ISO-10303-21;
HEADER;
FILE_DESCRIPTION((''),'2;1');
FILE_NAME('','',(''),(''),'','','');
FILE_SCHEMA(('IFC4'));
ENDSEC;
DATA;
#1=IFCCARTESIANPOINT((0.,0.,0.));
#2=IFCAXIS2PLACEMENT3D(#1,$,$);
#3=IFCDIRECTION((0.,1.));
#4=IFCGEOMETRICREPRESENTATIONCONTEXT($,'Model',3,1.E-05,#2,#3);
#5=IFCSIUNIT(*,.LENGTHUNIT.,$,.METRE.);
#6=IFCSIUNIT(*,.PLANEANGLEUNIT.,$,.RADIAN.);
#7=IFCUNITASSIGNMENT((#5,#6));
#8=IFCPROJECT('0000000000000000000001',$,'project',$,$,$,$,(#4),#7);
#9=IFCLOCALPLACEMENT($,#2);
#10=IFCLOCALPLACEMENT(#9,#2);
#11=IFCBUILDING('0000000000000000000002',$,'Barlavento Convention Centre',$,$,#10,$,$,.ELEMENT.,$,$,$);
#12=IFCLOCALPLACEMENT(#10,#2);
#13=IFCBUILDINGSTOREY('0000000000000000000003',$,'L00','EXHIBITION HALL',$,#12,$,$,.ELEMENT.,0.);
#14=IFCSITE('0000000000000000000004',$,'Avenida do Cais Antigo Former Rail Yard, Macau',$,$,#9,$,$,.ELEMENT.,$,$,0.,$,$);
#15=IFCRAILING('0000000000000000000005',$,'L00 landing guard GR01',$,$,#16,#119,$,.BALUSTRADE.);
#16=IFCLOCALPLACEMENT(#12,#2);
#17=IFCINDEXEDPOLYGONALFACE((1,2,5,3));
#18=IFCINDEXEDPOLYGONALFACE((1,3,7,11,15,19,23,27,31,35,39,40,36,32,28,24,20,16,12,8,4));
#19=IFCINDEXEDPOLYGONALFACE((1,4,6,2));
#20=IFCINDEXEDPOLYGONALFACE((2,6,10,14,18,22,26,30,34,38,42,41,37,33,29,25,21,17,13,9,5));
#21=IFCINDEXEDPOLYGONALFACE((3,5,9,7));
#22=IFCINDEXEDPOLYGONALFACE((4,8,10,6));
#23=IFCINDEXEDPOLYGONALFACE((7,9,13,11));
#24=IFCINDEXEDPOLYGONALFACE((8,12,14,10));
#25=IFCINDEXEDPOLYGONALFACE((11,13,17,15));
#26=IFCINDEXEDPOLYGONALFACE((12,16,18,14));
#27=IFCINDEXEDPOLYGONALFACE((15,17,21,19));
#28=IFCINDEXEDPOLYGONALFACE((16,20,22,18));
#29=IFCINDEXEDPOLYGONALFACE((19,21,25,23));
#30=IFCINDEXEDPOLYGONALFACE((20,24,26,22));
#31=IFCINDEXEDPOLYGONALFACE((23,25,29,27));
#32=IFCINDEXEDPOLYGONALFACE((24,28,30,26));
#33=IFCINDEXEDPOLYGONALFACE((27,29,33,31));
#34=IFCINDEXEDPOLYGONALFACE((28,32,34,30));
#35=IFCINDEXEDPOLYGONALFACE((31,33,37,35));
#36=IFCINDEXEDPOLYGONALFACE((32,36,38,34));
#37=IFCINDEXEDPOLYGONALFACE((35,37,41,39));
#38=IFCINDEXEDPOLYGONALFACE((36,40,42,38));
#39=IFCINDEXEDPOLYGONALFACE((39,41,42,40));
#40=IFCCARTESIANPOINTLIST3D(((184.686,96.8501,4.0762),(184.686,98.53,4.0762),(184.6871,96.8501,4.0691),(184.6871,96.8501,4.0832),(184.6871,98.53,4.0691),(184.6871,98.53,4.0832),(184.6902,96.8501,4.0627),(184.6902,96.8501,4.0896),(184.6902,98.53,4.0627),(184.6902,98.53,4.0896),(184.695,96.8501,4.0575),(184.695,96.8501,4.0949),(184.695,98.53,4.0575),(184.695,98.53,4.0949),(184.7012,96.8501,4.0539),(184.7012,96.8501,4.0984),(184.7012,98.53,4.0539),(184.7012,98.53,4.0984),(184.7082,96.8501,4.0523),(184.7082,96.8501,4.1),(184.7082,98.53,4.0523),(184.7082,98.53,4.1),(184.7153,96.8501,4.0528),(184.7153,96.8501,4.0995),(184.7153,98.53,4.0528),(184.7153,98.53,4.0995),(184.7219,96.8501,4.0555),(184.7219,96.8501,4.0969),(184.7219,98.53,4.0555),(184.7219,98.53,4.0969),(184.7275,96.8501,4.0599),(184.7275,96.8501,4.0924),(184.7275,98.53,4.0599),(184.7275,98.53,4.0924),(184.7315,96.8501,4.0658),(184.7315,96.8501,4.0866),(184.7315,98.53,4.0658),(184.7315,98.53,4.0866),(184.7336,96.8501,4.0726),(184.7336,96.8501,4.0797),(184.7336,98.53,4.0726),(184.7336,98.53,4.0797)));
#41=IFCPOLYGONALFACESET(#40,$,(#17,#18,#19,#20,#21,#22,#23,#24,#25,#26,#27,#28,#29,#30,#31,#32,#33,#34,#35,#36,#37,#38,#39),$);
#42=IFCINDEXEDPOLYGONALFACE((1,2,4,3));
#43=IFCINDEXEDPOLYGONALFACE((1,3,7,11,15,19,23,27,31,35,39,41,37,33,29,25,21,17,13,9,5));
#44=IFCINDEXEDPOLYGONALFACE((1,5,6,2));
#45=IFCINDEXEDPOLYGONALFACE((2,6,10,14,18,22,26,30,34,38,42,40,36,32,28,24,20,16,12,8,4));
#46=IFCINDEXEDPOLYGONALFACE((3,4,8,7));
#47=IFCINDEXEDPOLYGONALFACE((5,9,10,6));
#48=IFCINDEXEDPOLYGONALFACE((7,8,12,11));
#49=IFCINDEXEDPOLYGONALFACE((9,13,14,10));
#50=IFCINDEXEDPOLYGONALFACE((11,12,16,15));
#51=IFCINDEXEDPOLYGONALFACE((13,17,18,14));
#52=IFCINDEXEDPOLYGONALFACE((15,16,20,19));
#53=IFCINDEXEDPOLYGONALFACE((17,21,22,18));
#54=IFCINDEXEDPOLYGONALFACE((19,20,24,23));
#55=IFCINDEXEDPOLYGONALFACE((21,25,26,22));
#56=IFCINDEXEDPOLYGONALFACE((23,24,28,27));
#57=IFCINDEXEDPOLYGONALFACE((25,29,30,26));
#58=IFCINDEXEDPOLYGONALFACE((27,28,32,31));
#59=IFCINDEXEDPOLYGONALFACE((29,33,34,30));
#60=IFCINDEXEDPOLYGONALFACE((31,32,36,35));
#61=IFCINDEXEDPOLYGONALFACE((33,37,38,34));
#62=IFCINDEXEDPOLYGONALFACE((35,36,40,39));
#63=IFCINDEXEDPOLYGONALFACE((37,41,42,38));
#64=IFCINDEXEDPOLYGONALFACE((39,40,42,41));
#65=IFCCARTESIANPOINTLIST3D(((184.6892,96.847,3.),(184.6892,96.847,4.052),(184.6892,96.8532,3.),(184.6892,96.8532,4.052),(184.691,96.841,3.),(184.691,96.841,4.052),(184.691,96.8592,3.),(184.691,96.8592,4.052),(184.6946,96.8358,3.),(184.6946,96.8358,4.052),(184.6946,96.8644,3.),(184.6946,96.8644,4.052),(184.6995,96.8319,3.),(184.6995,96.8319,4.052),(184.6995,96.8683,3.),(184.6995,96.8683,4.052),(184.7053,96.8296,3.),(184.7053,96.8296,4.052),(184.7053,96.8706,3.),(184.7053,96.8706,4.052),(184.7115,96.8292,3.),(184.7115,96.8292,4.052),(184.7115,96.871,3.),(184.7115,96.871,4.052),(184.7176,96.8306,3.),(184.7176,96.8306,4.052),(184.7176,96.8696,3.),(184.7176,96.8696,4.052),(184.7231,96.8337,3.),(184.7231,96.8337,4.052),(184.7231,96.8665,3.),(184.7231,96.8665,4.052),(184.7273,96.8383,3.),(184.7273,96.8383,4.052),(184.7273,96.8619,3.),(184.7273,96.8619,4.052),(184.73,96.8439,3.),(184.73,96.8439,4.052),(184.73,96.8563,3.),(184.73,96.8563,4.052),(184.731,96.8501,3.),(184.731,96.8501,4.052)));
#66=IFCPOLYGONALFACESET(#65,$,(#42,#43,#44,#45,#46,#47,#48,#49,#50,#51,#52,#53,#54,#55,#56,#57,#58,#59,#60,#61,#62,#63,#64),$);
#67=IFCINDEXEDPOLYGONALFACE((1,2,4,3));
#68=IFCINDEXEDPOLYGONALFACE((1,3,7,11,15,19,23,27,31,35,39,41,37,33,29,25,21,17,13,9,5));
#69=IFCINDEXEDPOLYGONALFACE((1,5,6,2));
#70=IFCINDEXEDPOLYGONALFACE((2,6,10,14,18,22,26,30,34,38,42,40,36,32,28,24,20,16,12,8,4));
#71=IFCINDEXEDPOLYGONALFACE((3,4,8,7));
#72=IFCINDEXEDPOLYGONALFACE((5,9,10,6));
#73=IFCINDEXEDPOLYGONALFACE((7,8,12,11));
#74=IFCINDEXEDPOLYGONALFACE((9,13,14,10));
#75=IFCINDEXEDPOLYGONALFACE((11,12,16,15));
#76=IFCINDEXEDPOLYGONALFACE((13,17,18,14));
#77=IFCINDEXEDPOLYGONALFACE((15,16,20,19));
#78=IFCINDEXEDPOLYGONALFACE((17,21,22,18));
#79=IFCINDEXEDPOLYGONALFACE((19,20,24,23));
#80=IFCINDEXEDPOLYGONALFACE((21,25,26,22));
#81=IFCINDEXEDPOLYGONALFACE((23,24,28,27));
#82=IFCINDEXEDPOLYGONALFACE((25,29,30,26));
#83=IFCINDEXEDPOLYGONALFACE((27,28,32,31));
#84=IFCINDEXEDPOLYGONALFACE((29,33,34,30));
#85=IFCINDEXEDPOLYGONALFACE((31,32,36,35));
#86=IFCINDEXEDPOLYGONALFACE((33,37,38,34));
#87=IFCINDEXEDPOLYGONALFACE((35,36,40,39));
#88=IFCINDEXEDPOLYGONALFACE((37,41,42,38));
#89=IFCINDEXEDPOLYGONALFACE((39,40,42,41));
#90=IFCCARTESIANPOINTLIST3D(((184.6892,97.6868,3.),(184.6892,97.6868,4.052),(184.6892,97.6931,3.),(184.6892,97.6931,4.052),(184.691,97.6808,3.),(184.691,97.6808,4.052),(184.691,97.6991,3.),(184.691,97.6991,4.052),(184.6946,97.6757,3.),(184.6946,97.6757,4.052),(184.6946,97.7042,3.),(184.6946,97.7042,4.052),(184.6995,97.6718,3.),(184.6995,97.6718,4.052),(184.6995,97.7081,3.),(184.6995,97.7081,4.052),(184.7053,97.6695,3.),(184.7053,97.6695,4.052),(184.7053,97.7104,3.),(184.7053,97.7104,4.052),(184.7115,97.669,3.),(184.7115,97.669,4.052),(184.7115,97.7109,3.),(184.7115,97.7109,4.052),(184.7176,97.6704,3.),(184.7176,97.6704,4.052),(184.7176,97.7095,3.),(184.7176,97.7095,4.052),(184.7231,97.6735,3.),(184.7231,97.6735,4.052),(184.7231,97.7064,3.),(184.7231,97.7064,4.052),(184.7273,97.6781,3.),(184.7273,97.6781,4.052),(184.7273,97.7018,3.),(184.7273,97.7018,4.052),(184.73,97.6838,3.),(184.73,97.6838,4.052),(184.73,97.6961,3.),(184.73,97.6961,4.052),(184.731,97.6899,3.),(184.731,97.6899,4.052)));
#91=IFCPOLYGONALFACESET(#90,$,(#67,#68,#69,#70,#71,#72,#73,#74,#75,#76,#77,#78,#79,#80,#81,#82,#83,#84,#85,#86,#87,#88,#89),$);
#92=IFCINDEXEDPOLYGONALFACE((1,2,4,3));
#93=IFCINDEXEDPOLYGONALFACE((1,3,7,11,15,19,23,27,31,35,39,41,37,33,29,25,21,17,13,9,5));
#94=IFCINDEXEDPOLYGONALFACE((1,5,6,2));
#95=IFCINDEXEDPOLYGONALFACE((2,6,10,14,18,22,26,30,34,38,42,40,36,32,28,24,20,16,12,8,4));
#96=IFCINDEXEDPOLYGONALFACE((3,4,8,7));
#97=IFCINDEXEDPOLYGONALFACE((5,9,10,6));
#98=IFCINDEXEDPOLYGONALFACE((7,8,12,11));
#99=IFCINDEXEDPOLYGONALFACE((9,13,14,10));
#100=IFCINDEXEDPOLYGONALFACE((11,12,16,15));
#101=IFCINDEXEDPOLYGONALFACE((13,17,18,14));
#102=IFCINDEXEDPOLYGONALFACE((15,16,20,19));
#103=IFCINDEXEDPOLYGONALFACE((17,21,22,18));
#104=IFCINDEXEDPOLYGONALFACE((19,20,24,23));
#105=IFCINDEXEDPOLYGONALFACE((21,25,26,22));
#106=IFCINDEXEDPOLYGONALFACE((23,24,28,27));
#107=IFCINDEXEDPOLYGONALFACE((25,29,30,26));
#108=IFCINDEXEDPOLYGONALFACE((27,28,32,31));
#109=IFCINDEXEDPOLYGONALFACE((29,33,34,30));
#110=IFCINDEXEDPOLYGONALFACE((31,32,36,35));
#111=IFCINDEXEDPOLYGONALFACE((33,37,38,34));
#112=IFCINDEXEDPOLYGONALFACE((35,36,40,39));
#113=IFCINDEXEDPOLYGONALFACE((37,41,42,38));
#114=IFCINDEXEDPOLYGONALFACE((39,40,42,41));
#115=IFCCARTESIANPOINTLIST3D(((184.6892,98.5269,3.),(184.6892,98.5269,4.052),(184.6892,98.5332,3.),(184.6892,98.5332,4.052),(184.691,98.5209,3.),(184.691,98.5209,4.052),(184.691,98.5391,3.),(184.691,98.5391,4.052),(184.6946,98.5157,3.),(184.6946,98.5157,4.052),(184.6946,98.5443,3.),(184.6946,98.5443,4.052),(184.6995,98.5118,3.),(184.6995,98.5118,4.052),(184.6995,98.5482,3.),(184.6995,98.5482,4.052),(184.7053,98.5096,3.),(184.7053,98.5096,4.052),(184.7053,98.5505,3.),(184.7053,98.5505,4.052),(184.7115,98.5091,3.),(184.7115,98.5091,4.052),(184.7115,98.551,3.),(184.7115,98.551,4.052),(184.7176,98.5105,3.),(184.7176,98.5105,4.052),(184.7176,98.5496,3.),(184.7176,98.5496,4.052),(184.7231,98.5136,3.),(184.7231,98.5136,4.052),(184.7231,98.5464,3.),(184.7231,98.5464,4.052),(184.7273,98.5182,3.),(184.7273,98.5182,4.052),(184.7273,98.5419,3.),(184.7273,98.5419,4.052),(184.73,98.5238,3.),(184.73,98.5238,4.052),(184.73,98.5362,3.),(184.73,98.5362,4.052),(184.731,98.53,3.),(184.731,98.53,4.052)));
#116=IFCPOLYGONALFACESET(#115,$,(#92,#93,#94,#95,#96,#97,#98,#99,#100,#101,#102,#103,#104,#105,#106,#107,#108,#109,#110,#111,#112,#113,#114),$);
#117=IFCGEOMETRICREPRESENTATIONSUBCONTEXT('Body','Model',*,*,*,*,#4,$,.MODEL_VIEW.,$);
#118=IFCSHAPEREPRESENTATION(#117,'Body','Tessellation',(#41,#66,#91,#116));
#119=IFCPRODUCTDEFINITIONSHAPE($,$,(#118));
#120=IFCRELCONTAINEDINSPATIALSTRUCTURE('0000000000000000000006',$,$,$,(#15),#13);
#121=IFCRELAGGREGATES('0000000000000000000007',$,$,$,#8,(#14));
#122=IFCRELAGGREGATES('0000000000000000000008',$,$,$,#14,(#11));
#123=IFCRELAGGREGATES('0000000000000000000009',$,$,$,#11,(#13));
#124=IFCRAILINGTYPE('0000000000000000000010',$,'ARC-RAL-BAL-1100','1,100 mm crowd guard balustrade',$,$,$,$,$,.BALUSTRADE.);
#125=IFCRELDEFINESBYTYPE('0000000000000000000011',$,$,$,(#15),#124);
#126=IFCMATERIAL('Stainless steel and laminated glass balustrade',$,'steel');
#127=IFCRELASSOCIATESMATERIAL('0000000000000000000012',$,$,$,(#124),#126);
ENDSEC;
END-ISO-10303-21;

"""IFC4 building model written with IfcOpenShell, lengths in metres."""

from ifc_helpers import new_model, si_unit, direction, frame, origin, origin_2d, place, context, subcontext, project, spatial, circle, extrude, material, type_object, element, save


model = new_model("IFC4")

# Units and contexts
model_context = context("Model", 3, precision=1e-05, world=origin(), true_north=direction((0.0, 1.0)))
body_context = subcontext(model_context, "Body", "Model", "MODEL_VIEW")
ifc_project = project(units=[si_unit("LENGTHUNIT", "METRE"), si_unit("PLANEANGLEUNIT", "RADIAN")], contexts=[model_context])

# Site, building, storey
site_placement = place(None, origin())
site = spatial("IfcSite", under=ifc_project, at=site_placement, Name="Avenida do Cais Antigo Former Rail Yard, Macau", CompositionType="ELEMENT", RefElevation=0.0)
building_placement = place(site_placement, origin())
building = spatial("IfcBuilding", under=site, at=building_placement, Name="Barlavento Convention Centre", CompositionType="ELEMENT")
storey_placement = place(building_placement, origin())
storey = spatial("IfcBuildingStorey", under=building, at=storey_placement, Name="L00", Description="EXHIBITION HALL", CompositionType="ELEMENT", Elevation=0.0)

# Railing
ifc_material_1 = material(Name="Stainless steel and laminated glass balustrade", Category="steel")
railing_type_1 = type_object("IfcRailingType", Name="ARC-RAL-BAL-1100", Description="1,100 mm crowd guard balustrade", PredefinedType="BALUSTRADE", material=ifc_material_1)
for number, where, name in (
    (1, (184.71, 96.8501, 3.0), "L00 landing guard GR01"),
):
    element("IfcRailing", number, at=place(storey_placement, frame(where)), inside=storey, type_object=railing_type_1, Name=name, PredefinedType="BALUSTRADE", context=body_context, shape_type="SweptSolid", body=[
        extrude(circle(Radius=0.0239, at=origin_2d()), frame((0.0, 0.0, 1.0762), z_axis=(0.0, 1.0, 0.0), x_axis=(-1.0, 0.0, 0.0)), (0.0, 0.0, 1.0), 1.6799),
        extrude(circle(Radius=0.021, at=origin_2d()), origin(), (0.0, 0.0, 1.0), 1.052),
        extrude(circle(Radius=0.021, at=origin_2d()), frame((0.0, 0.8398, 0.0)), (0.0, 0.0, 1.0), 1.052),
        extrude(circle(Radius=0.021, at=origin_2d()), frame((0.0, 1.6799, 0.0)), (0.0, 0.0, 1.0), 1.052),
    ])

save(model, "model.ifc")
